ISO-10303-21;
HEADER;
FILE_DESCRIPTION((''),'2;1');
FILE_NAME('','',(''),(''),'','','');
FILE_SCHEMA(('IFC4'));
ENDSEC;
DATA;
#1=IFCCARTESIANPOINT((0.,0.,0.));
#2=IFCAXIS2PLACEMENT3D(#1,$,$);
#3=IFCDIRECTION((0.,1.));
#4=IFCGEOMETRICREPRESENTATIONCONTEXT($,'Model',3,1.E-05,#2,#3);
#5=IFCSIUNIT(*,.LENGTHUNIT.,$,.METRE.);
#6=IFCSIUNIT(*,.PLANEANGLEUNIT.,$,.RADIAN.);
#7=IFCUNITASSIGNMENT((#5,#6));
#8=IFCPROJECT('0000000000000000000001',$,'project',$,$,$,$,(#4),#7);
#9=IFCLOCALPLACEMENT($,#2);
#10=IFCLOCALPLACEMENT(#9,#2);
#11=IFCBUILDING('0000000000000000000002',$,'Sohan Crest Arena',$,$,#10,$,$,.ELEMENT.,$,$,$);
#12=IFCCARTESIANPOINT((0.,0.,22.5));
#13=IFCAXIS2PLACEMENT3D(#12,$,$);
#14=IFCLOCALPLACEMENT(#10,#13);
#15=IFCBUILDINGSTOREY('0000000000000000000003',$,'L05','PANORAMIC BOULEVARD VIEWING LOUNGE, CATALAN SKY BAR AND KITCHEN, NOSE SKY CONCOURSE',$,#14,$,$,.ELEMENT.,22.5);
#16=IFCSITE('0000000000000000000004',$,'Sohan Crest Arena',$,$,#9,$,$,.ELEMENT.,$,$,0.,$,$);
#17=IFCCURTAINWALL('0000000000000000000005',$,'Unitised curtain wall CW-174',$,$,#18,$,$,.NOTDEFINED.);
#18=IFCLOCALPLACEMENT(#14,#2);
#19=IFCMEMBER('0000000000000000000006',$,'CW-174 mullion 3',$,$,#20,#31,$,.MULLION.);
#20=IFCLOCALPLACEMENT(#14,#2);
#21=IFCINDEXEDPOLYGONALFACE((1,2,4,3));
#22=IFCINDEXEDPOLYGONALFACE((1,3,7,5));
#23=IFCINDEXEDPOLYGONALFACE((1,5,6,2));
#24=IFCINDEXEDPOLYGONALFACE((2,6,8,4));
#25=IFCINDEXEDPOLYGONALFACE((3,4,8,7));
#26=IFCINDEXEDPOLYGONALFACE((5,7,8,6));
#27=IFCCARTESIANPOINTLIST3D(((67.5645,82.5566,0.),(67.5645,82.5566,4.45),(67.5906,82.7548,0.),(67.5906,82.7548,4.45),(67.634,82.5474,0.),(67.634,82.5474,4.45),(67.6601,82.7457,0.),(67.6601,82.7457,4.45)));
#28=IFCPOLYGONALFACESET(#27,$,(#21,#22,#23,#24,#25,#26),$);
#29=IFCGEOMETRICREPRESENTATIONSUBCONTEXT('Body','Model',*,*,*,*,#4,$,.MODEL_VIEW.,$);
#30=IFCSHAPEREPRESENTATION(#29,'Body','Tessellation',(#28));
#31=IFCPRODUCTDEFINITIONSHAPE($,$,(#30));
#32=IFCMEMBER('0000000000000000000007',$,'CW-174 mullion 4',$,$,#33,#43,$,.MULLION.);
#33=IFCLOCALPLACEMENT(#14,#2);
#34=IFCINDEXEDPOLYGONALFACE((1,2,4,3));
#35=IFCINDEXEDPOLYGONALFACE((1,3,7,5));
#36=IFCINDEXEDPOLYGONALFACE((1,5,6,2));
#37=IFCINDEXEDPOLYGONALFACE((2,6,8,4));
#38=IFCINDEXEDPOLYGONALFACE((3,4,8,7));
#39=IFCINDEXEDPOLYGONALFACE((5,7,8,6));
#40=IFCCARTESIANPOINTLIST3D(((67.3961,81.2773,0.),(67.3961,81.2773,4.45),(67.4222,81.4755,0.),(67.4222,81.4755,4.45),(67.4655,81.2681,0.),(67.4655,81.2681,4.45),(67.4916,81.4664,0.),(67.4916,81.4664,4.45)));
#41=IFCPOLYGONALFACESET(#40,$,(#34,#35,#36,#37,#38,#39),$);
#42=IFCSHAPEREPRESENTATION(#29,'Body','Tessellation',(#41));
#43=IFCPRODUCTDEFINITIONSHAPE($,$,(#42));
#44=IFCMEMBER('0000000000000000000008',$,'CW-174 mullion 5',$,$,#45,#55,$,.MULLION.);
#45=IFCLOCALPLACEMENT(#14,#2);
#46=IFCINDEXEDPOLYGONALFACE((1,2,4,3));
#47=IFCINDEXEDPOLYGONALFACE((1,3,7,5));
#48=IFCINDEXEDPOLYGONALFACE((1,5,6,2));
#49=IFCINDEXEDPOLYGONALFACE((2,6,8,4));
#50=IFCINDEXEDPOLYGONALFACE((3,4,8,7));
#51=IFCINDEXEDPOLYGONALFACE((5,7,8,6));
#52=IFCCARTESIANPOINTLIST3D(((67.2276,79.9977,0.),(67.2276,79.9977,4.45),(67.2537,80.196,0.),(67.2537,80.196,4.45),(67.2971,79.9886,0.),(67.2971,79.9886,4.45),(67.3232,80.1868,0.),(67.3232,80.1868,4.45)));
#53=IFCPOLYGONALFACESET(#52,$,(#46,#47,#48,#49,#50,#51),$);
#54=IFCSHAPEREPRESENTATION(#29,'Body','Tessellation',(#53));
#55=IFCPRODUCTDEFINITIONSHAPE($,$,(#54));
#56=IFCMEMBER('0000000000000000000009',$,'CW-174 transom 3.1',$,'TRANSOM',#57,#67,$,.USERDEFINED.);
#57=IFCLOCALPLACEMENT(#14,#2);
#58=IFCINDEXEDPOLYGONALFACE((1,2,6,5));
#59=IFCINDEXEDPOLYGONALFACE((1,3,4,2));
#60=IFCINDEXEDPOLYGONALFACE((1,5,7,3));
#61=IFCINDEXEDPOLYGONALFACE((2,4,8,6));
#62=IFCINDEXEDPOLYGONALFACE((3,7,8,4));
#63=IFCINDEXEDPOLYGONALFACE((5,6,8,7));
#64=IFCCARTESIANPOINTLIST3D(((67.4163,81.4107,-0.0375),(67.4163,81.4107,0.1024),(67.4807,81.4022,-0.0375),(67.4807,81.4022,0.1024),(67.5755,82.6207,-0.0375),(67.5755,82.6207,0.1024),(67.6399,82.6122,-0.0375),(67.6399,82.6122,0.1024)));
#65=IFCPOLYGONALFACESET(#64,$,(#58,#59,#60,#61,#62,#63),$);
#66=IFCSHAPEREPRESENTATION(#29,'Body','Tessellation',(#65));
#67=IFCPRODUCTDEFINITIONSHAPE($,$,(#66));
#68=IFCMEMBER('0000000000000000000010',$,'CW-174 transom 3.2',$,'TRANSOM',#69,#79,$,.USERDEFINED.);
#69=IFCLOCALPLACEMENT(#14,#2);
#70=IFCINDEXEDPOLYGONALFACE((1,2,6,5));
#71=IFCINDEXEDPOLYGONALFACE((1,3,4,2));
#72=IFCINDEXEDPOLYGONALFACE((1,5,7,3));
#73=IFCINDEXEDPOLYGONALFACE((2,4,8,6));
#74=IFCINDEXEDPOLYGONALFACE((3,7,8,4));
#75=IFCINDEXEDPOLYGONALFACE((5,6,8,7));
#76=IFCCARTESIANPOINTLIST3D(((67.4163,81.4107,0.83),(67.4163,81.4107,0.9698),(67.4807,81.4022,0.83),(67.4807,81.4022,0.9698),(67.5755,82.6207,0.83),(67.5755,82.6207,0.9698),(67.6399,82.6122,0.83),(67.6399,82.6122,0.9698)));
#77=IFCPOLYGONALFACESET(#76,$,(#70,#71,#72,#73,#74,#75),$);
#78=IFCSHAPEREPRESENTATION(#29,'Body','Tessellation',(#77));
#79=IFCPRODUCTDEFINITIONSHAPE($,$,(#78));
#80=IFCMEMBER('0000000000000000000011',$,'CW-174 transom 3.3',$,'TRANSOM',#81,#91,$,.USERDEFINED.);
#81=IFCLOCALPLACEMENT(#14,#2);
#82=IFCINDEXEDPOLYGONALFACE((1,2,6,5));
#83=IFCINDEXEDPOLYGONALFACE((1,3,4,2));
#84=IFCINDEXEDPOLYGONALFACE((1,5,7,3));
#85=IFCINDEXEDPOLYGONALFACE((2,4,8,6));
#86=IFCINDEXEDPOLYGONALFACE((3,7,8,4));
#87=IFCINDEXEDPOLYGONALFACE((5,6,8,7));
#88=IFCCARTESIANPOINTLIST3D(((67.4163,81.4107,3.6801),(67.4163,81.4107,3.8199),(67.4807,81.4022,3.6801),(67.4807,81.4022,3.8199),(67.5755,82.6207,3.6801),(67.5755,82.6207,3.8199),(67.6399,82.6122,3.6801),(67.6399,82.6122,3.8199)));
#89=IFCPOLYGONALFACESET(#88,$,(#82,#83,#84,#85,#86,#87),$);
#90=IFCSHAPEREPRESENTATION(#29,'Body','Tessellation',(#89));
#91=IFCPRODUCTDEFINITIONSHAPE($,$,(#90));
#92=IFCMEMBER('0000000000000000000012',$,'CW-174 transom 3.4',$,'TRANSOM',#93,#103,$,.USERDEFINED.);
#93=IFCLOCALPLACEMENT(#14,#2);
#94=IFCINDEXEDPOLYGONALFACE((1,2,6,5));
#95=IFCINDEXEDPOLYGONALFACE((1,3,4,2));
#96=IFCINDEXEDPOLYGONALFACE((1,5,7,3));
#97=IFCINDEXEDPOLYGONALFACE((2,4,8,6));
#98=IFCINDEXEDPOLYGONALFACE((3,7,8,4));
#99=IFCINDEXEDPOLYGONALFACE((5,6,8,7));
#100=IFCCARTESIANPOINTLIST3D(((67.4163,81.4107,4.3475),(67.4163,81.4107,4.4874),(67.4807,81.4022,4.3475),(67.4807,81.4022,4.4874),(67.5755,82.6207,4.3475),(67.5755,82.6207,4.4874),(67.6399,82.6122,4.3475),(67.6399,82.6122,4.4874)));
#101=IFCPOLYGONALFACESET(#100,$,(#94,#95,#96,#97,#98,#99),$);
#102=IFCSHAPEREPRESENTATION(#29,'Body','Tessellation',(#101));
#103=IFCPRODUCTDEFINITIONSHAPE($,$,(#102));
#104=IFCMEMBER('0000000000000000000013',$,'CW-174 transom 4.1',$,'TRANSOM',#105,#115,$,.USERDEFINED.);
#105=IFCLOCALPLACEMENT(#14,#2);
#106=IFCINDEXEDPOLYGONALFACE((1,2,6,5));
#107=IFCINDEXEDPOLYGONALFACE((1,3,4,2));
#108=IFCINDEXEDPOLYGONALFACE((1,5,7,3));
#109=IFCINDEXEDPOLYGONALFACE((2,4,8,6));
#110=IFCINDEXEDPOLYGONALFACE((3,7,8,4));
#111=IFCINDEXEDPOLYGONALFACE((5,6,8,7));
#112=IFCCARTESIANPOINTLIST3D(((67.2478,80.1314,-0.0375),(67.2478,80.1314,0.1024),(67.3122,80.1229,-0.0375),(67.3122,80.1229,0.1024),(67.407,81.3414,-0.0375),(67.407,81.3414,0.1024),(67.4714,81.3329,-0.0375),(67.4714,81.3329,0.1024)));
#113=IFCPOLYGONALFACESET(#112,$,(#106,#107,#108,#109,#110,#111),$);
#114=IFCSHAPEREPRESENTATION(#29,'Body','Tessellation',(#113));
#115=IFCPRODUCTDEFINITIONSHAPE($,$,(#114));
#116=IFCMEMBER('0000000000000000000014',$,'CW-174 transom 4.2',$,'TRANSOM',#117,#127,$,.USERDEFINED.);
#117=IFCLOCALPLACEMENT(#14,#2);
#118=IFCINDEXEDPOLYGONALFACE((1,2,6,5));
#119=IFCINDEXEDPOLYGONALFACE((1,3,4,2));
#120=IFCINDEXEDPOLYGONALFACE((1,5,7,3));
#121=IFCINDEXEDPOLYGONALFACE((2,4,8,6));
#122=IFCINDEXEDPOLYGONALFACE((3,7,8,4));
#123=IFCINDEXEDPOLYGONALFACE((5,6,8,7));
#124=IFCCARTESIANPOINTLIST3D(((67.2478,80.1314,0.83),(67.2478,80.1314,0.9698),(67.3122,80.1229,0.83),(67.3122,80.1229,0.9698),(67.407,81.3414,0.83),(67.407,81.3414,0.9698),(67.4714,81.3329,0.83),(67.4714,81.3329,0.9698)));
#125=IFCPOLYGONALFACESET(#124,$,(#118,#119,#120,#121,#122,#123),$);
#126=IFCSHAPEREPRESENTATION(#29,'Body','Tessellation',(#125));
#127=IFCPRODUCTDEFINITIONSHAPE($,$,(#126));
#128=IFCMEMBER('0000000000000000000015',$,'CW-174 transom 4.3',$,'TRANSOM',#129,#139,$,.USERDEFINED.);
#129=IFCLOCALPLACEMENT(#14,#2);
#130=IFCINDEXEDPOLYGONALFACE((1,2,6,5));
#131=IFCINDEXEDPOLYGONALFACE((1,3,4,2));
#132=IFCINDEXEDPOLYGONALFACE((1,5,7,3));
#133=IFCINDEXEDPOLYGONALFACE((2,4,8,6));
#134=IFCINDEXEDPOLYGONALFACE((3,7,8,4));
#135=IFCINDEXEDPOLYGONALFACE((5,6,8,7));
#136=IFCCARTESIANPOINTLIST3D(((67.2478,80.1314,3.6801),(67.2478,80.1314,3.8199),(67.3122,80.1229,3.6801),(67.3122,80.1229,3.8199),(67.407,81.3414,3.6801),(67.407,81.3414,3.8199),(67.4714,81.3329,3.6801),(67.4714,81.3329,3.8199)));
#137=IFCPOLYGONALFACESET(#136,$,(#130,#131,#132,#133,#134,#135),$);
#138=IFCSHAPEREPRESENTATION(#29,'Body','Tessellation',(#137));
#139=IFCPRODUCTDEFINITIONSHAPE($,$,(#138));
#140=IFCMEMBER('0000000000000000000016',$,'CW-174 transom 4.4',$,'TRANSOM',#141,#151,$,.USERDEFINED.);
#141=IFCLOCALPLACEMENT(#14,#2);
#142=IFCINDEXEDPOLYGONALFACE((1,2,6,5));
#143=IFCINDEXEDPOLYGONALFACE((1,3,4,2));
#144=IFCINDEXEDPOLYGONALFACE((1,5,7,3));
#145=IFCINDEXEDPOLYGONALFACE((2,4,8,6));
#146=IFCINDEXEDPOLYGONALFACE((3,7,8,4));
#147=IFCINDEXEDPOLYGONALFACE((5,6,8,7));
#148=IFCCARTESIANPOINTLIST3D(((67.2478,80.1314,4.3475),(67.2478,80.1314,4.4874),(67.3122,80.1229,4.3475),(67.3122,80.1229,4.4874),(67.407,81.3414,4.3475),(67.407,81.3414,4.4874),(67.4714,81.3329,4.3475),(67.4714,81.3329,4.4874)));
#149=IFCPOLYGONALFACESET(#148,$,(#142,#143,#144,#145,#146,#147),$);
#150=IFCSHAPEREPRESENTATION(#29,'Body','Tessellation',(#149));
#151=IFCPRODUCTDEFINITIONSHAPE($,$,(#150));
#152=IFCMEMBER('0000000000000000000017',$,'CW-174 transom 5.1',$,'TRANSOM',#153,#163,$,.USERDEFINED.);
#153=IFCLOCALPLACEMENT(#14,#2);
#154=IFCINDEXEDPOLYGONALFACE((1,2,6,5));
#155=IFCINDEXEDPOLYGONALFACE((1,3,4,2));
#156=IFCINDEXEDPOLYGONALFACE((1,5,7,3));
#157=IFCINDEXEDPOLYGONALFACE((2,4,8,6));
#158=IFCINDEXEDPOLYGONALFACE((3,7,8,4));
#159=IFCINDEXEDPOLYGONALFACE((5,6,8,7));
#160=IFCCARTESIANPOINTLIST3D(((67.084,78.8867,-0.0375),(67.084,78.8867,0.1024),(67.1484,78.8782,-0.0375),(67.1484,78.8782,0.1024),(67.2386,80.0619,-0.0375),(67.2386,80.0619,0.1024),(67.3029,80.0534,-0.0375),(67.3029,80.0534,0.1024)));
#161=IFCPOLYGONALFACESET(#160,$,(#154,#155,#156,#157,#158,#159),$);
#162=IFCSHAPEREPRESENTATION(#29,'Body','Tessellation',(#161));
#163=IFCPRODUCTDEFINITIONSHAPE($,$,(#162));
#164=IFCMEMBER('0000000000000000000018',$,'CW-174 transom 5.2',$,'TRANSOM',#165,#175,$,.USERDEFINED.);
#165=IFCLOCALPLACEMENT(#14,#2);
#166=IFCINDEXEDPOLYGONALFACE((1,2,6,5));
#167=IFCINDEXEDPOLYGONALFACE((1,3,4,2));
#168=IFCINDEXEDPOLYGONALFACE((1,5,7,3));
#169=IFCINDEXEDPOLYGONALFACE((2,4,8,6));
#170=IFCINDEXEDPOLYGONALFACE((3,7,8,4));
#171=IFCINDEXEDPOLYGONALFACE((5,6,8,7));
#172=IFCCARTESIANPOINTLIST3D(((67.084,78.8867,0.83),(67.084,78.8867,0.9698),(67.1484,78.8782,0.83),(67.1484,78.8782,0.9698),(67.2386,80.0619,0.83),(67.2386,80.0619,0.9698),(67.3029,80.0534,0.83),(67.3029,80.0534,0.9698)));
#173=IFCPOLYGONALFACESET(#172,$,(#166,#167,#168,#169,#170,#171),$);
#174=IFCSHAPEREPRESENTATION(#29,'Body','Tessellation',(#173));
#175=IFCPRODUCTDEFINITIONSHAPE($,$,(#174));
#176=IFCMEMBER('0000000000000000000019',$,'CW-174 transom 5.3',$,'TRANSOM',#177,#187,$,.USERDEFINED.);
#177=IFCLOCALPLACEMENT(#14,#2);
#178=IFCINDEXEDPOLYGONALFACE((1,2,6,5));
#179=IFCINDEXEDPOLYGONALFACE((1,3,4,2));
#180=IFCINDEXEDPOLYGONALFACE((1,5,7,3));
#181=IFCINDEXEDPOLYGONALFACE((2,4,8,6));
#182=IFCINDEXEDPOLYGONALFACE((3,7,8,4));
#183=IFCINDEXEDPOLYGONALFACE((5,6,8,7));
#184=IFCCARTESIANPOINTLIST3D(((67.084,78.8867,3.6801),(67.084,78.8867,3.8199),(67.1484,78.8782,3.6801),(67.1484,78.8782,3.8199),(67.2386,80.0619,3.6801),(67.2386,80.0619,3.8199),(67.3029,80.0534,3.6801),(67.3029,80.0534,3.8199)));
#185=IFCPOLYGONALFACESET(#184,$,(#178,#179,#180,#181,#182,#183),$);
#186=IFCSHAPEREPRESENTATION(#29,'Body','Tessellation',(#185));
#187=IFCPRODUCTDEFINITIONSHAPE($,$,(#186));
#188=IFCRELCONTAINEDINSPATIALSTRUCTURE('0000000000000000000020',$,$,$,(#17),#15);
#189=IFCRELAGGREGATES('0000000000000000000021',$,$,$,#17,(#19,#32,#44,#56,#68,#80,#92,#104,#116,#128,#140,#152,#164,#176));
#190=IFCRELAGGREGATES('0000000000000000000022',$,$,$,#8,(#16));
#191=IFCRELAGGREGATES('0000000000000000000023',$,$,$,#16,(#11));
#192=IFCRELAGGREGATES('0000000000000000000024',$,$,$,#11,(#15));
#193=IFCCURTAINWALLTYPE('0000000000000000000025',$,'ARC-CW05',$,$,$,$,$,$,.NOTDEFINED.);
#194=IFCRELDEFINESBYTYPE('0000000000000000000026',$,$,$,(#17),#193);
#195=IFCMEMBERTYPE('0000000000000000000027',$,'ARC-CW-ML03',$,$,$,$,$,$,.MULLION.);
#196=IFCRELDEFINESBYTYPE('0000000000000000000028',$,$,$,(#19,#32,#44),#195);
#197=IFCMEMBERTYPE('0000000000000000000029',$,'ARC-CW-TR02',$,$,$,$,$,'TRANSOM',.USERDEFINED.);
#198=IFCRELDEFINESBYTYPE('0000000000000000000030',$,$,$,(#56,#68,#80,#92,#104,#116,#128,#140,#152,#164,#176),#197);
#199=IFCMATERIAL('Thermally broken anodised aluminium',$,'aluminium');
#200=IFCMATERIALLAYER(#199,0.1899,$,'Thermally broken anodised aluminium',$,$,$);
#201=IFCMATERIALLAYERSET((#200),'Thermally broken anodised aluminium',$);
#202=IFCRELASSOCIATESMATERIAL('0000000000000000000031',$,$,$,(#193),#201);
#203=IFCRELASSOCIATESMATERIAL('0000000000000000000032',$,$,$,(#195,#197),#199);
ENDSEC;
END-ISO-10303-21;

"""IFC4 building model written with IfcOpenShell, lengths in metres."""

from ifc_helpers import new_model, si_unit, direction, frame, origin, origin_2d, place, context, subcontext, project, spatial, rectangle, extrude, material, layer, layer_set, material_profile, profile_set, type_object, element, aggregate, save


model = new_model("IFC4")

# Units and contexts
model_context = context("Model", 3, precision=1e-05, world=origin(), true_north=direction((0.0, 1.0)))
body_context = subcontext(model_context, "Body", "Model", "MODEL_VIEW")
ifc_project = project(units=[si_unit("LENGTHUNIT", "METRE"), si_unit("PLANEANGLEUNIT", "RADIAN")], contexts=[model_context])

# Site, building, storey
site_placement = place(None, origin())
site = spatial("IfcSite", under=ifc_project, at=site_placement, Name="Sohan Crest Arena", CompositionType="ELEMENT", RefElevation=0.0)
building_placement = place(site_placement, origin())
building = spatial("IfcBuilding", under=site, at=building_placement, Name="Sohan Crest Arena", CompositionType="ELEMENT")
storey_placement = place(building_placement, frame((0.0, 0.0, 22.5)))
storey = spatial("IfcBuildingStorey", under=building, at=storey_placement, Name="L05", Description="PANORAMIC BOULEVARD VIEWING LOUNGE, CATALAN SKY BAR AND KITCHEN, NOSE SKY CONCOURSE", CompositionType="ELEMENT", Elevation=22.5)

# Curtain wall, members
ifc_material_1 = material(Name="Thermally broken anodised aluminium", Category="aluminium")
ifc_layer_1 = layer(ifc_material_1, 0.1899, Name="Thermally broken anodised aluminium")
ifc_layer_set_1 = layer_set([ifc_layer_1], Name="Thermally broken anodised aluminium")
curtain_wall_type = type_object("IfcCurtainWallType", Name="ARC-CW05", PredefinedType="NOTDEFINED", material=ifc_layer_set_1)
curtain_wall_placement = place(storey_placement, origin())
curtain_wall = element("IfcCurtainWall", 1, at=curtain_wall_placement, inside=storey, type_object=curtain_wall_type, Name="Unitised curtain wall CW-174", PredefinedType="NOTDEFINED")
ifc_material_profile_1 = material_profile(ifc_material_1, rectangle(XDim=0.0701, YDim=0.2, at=origin_2d()), Name="ALU-MULL 70x200")
ifc_profile_set_1 = profile_set([ifc_material_profile_1], Name="Thermally broken anodised aluminium")
member_type_1 = type_object("IfcMemberType", Name="ARC-CW-ML03", PredefinedType="MULLION", material=ifc_profile_set_1)
member_1_placement = place(storey_placement, frame((67.6123, 82.6511, 0.0), z_axis=(0.0, 0.0, 1.0), x_axis=(0.991448, -0.130499, 0.0)))
member_1 = element("IfcMember", 2, at=member_1_placement, type_object=member_type_1, Name="CW-174 mullion 3", PredefinedType="MULLION", context=body_context, shape_type="SweptSolid", body=[
    extrude(rectangle(XDim=0.0701, YDim=0.2, at=origin_2d()), origin(), (0.0, 0.0, 1.0), 4.45),
])
member_2_placement = place(storey_placement, frame((67.4438, 81.3718, 0.0), z_axis=(0.0, 0.0, 1.0), x_axis=(0.991448, -0.130499, 0.0)))
member_2 = element("IfcMember", 3, at=member_2_placement, type_object=member_type_1, Name="CW-174 mullion 4", PredefinedType="MULLION", context=body_context, shape_type="SweptSolid", body=[
    extrude(rectangle(XDim=0.0701, YDim=0.2, at=origin_2d()), origin(), (0.0, 0.0, 1.0), 4.45),
])
member_3_placement = place(storey_placement, frame((67.2754, 80.0923, 0.0), z_axis=(0.0, 0.0, 1.0), x_axis=(0.991448, -0.130499, 0.0)))
member_3 = element("IfcMember", 4, at=member_3_placement, type_object=member_type_1, Name="CW-174 mullion 5", PredefinedType="MULLION", context=body_context, shape_type="SweptSolid", body=[
    extrude(rectangle(XDim=0.0701, YDim=0.2, at=origin_2d()), origin(), (0.0, 0.0, 1.0), 4.45),
])
ifc_material_profile_2 = material_profile(ifc_material_1, rectangle(XDim=0.0649, YDim=0.1399, at=origin_2d()), Name="ALU-TRAN 65x140")
ifc_profile_set_2 = profile_set([ifc_material_profile_2], Name="Thermally broken anodised aluminium")
member_type_2 = type_object("IfcMemberType", Name="ARC-CW-TR02", ElementType="TRANSOM", PredefinedType="USERDEFINED", material=ifc_profile_set_2)
member_4_placement = place(storey_placement, frame((67.6077, 82.6165, 0.0325), z_axis=(-0.130434, -0.991457, 0.0), x_axis=(0.991457, -0.130434, 0.0)))
member_4 = element("IfcMember", 5, at=member_4_placement, type_object=member_type_2, Name="CW-174 transom 3.1", ObjectType="TRANSOM", PredefinedType="USERDEFINED", context=body_context, shape_type="SweptSolid", body=[
    extrude(rectangle(XDim=0.0649, YDim=0.1399, at=origin_2d()), origin(), (0.0, 0.0, 1.0), 1.2205),
])
member_5_placement = place(storey_placement, frame((67.6077, 82.6165, 0.8999), z_axis=(-0.130434, -0.991457, 0.0), x_axis=(0.991457, -0.130434, 0.0)))
member_5 = element("IfcMember", 6, at=member_5_placement, type_object=member_type_2, Name="CW-174 transom 3.2", ObjectType="TRANSOM", PredefinedType="USERDEFINED", context=body_context, shape_type="SweptSolid", body=[
    extrude(rectangle(XDim=0.0649, YDim=0.1399, at=origin_2d()), origin(), (0.0, 0.0, 1.0), 1.2205),
])
member_6_placement = place(storey_placement, frame((67.6077, 82.6165, 3.75), z_axis=(-0.130434, -0.991457, 0.0), x_axis=(0.991457, -0.130434, 0.0)))
member_6 = element("IfcMember", 7, at=member_6_placement, type_object=member_type_2, Name="CW-174 transom 3.3", ObjectType="TRANSOM", PredefinedType="USERDEFINED", context=body_context, shape_type="SweptSolid", body=[
    extrude(rectangle(XDim=0.0649, YDim=0.1399, at=origin_2d()), origin(), (0.0, 0.0, 1.0), 1.2205),
])
member_7_placement = place(storey_placement, frame((67.6077, 82.6165, 4.4175), z_axis=(-0.130434, -0.991457, 0.0), x_axis=(0.991457, -0.130434, 0.0)))
member_7 = element("IfcMember", 8, at=member_7_placement, type_object=member_type_2, Name="CW-174 transom 3.4", ObjectType="TRANSOM", PredefinedType="USERDEFINED", context=body_context, shape_type="SweptSolid", body=[
    extrude(rectangle(XDim=0.0649, YDim=0.1399, at=origin_2d()), origin(), (0.0, 0.0, 1.0), 1.2205),
])
member_8_placement = place(storey_placement, frame((67.4392, 81.3372, 0.0325), z_axis=(-0.130434, -0.991457, 0.0), x_axis=(0.991457, -0.130434, 0.0)))
member_8 = element("IfcMember", 9, at=member_8_placement, type_object=member_type_2, Name="CW-174 transom 4.1", ObjectType="TRANSOM", PredefinedType="USERDEFINED", context=body_context, shape_type="SweptSolid", body=[
    extrude(rectangle(XDim=0.0649, YDim=0.1399, at=origin_2d()), origin(), (0.0, 0.0, 1.0), 1.2205),
])
member_9_placement = place(storey_placement, frame((67.4392, 81.3372, 0.8999), z_axis=(-0.130434, -0.991457, 0.0), x_axis=(0.991457, -0.130434, 0.0)))
member_9 = element("IfcMember", 10, at=member_9_placement, type_object=member_type_2, Name="CW-174 transom 4.2", ObjectType="TRANSOM", PredefinedType="USERDEFINED", context=body_context, shape_type="SweptSolid", body=[
    extrude(rectangle(XDim=0.0649, YDim=0.1399, at=origin_2d()), origin(), (0.0, 0.0, 1.0), 1.2205),
])
member_10_placement = place(storey_placement, frame((67.4392, 81.3372, 3.75), z_axis=(-0.130434, -0.991457, 0.0), x_axis=(0.991457, -0.130434, 0.0)))
member_10 = element("IfcMember", 11, at=member_10_placement, type_object=member_type_2, Name="CW-174 transom 4.3", ObjectType="TRANSOM", PredefinedType="USERDEFINED", context=body_context, shape_type="SweptSolid", body=[
    extrude(rectangle(XDim=0.0649, YDim=0.1399, at=origin_2d()), origin(), (0.0, 0.0, 1.0), 1.2205),
])
member_11_placement = place(storey_placement, frame((67.4392, 81.3372, 4.4175), z_axis=(-0.130434, -0.991457, 0.0), x_axis=(0.991457, -0.130434, 0.0)))
member_11 = element("IfcMember", 12, at=member_11_placement, type_object=member_type_2, Name="CW-174 transom 4.4", ObjectType="TRANSOM", PredefinedType="USERDEFINED", context=body_context, shape_type="SweptSolid", body=[
    extrude(rectangle(XDim=0.0649, YDim=0.1399, at=origin_2d()), origin(), (0.0, 0.0, 1.0), 1.2205),
])
member_12_placement = place(storey_placement, frame((67.2708, 80.0576, 0.0325), z_axis=(-0.130369, -0.991466, 0.0), x_axis=(0.991466, -0.130369, 0.0)))
member_12 = element("IfcMember", 13, at=member_12_placement, type_object=member_type_2, Name="CW-174 transom 5.1", ObjectType="TRANSOM", PredefinedType="USERDEFINED", context=body_context, shape_type="SweptSolid", body=[
    extrude(rectangle(XDim=0.0649, YDim=0.1399, at=origin_2d()), origin(), (0.0, 0.0, 1.0), 1.1853),
])
member_13_placement = place(storey_placement, frame((67.2708, 80.0576, 0.8999), z_axis=(-0.130369, -0.991466, 0.0), x_axis=(0.991466, -0.130369, 0.0)))
member_13 = element("IfcMember", 14, at=member_13_placement, type_object=member_type_2, Name="CW-174 transom 5.2", ObjectType="TRANSOM", PredefinedType="USERDEFINED", context=body_context, shape_type="SweptSolid", body=[
    extrude(rectangle(XDim=0.0649, YDim=0.1399, at=origin_2d()), origin(), (0.0, 0.0, 1.0), 1.1853),
])
member_14_placement = place(storey_placement, frame((67.2708, 80.0576, 3.75), z_axis=(-0.130369, -0.991466, 0.0), x_axis=(0.991466, -0.130369, 0.0)))
member_14 = element("IfcMember", 15, at=member_14_placement, type_object=member_type_2, Name="CW-174 transom 5.3", ObjectType="TRANSOM", PredefinedType="USERDEFINED", context=body_context, shape_type="SweptSolid", body=[
    extrude(rectangle(XDim=0.0649, YDim=0.1399, at=origin_2d()), origin(), (0.0, 0.0, 1.0), 1.1853),
])
aggregate(curtain_wall, [member_1, member_2, member_3, member_4, member_5, member_6, member_7, member_8, member_9, member_10, member_11, member_12, member_13, member_14])

save(model, "model.ifc")
